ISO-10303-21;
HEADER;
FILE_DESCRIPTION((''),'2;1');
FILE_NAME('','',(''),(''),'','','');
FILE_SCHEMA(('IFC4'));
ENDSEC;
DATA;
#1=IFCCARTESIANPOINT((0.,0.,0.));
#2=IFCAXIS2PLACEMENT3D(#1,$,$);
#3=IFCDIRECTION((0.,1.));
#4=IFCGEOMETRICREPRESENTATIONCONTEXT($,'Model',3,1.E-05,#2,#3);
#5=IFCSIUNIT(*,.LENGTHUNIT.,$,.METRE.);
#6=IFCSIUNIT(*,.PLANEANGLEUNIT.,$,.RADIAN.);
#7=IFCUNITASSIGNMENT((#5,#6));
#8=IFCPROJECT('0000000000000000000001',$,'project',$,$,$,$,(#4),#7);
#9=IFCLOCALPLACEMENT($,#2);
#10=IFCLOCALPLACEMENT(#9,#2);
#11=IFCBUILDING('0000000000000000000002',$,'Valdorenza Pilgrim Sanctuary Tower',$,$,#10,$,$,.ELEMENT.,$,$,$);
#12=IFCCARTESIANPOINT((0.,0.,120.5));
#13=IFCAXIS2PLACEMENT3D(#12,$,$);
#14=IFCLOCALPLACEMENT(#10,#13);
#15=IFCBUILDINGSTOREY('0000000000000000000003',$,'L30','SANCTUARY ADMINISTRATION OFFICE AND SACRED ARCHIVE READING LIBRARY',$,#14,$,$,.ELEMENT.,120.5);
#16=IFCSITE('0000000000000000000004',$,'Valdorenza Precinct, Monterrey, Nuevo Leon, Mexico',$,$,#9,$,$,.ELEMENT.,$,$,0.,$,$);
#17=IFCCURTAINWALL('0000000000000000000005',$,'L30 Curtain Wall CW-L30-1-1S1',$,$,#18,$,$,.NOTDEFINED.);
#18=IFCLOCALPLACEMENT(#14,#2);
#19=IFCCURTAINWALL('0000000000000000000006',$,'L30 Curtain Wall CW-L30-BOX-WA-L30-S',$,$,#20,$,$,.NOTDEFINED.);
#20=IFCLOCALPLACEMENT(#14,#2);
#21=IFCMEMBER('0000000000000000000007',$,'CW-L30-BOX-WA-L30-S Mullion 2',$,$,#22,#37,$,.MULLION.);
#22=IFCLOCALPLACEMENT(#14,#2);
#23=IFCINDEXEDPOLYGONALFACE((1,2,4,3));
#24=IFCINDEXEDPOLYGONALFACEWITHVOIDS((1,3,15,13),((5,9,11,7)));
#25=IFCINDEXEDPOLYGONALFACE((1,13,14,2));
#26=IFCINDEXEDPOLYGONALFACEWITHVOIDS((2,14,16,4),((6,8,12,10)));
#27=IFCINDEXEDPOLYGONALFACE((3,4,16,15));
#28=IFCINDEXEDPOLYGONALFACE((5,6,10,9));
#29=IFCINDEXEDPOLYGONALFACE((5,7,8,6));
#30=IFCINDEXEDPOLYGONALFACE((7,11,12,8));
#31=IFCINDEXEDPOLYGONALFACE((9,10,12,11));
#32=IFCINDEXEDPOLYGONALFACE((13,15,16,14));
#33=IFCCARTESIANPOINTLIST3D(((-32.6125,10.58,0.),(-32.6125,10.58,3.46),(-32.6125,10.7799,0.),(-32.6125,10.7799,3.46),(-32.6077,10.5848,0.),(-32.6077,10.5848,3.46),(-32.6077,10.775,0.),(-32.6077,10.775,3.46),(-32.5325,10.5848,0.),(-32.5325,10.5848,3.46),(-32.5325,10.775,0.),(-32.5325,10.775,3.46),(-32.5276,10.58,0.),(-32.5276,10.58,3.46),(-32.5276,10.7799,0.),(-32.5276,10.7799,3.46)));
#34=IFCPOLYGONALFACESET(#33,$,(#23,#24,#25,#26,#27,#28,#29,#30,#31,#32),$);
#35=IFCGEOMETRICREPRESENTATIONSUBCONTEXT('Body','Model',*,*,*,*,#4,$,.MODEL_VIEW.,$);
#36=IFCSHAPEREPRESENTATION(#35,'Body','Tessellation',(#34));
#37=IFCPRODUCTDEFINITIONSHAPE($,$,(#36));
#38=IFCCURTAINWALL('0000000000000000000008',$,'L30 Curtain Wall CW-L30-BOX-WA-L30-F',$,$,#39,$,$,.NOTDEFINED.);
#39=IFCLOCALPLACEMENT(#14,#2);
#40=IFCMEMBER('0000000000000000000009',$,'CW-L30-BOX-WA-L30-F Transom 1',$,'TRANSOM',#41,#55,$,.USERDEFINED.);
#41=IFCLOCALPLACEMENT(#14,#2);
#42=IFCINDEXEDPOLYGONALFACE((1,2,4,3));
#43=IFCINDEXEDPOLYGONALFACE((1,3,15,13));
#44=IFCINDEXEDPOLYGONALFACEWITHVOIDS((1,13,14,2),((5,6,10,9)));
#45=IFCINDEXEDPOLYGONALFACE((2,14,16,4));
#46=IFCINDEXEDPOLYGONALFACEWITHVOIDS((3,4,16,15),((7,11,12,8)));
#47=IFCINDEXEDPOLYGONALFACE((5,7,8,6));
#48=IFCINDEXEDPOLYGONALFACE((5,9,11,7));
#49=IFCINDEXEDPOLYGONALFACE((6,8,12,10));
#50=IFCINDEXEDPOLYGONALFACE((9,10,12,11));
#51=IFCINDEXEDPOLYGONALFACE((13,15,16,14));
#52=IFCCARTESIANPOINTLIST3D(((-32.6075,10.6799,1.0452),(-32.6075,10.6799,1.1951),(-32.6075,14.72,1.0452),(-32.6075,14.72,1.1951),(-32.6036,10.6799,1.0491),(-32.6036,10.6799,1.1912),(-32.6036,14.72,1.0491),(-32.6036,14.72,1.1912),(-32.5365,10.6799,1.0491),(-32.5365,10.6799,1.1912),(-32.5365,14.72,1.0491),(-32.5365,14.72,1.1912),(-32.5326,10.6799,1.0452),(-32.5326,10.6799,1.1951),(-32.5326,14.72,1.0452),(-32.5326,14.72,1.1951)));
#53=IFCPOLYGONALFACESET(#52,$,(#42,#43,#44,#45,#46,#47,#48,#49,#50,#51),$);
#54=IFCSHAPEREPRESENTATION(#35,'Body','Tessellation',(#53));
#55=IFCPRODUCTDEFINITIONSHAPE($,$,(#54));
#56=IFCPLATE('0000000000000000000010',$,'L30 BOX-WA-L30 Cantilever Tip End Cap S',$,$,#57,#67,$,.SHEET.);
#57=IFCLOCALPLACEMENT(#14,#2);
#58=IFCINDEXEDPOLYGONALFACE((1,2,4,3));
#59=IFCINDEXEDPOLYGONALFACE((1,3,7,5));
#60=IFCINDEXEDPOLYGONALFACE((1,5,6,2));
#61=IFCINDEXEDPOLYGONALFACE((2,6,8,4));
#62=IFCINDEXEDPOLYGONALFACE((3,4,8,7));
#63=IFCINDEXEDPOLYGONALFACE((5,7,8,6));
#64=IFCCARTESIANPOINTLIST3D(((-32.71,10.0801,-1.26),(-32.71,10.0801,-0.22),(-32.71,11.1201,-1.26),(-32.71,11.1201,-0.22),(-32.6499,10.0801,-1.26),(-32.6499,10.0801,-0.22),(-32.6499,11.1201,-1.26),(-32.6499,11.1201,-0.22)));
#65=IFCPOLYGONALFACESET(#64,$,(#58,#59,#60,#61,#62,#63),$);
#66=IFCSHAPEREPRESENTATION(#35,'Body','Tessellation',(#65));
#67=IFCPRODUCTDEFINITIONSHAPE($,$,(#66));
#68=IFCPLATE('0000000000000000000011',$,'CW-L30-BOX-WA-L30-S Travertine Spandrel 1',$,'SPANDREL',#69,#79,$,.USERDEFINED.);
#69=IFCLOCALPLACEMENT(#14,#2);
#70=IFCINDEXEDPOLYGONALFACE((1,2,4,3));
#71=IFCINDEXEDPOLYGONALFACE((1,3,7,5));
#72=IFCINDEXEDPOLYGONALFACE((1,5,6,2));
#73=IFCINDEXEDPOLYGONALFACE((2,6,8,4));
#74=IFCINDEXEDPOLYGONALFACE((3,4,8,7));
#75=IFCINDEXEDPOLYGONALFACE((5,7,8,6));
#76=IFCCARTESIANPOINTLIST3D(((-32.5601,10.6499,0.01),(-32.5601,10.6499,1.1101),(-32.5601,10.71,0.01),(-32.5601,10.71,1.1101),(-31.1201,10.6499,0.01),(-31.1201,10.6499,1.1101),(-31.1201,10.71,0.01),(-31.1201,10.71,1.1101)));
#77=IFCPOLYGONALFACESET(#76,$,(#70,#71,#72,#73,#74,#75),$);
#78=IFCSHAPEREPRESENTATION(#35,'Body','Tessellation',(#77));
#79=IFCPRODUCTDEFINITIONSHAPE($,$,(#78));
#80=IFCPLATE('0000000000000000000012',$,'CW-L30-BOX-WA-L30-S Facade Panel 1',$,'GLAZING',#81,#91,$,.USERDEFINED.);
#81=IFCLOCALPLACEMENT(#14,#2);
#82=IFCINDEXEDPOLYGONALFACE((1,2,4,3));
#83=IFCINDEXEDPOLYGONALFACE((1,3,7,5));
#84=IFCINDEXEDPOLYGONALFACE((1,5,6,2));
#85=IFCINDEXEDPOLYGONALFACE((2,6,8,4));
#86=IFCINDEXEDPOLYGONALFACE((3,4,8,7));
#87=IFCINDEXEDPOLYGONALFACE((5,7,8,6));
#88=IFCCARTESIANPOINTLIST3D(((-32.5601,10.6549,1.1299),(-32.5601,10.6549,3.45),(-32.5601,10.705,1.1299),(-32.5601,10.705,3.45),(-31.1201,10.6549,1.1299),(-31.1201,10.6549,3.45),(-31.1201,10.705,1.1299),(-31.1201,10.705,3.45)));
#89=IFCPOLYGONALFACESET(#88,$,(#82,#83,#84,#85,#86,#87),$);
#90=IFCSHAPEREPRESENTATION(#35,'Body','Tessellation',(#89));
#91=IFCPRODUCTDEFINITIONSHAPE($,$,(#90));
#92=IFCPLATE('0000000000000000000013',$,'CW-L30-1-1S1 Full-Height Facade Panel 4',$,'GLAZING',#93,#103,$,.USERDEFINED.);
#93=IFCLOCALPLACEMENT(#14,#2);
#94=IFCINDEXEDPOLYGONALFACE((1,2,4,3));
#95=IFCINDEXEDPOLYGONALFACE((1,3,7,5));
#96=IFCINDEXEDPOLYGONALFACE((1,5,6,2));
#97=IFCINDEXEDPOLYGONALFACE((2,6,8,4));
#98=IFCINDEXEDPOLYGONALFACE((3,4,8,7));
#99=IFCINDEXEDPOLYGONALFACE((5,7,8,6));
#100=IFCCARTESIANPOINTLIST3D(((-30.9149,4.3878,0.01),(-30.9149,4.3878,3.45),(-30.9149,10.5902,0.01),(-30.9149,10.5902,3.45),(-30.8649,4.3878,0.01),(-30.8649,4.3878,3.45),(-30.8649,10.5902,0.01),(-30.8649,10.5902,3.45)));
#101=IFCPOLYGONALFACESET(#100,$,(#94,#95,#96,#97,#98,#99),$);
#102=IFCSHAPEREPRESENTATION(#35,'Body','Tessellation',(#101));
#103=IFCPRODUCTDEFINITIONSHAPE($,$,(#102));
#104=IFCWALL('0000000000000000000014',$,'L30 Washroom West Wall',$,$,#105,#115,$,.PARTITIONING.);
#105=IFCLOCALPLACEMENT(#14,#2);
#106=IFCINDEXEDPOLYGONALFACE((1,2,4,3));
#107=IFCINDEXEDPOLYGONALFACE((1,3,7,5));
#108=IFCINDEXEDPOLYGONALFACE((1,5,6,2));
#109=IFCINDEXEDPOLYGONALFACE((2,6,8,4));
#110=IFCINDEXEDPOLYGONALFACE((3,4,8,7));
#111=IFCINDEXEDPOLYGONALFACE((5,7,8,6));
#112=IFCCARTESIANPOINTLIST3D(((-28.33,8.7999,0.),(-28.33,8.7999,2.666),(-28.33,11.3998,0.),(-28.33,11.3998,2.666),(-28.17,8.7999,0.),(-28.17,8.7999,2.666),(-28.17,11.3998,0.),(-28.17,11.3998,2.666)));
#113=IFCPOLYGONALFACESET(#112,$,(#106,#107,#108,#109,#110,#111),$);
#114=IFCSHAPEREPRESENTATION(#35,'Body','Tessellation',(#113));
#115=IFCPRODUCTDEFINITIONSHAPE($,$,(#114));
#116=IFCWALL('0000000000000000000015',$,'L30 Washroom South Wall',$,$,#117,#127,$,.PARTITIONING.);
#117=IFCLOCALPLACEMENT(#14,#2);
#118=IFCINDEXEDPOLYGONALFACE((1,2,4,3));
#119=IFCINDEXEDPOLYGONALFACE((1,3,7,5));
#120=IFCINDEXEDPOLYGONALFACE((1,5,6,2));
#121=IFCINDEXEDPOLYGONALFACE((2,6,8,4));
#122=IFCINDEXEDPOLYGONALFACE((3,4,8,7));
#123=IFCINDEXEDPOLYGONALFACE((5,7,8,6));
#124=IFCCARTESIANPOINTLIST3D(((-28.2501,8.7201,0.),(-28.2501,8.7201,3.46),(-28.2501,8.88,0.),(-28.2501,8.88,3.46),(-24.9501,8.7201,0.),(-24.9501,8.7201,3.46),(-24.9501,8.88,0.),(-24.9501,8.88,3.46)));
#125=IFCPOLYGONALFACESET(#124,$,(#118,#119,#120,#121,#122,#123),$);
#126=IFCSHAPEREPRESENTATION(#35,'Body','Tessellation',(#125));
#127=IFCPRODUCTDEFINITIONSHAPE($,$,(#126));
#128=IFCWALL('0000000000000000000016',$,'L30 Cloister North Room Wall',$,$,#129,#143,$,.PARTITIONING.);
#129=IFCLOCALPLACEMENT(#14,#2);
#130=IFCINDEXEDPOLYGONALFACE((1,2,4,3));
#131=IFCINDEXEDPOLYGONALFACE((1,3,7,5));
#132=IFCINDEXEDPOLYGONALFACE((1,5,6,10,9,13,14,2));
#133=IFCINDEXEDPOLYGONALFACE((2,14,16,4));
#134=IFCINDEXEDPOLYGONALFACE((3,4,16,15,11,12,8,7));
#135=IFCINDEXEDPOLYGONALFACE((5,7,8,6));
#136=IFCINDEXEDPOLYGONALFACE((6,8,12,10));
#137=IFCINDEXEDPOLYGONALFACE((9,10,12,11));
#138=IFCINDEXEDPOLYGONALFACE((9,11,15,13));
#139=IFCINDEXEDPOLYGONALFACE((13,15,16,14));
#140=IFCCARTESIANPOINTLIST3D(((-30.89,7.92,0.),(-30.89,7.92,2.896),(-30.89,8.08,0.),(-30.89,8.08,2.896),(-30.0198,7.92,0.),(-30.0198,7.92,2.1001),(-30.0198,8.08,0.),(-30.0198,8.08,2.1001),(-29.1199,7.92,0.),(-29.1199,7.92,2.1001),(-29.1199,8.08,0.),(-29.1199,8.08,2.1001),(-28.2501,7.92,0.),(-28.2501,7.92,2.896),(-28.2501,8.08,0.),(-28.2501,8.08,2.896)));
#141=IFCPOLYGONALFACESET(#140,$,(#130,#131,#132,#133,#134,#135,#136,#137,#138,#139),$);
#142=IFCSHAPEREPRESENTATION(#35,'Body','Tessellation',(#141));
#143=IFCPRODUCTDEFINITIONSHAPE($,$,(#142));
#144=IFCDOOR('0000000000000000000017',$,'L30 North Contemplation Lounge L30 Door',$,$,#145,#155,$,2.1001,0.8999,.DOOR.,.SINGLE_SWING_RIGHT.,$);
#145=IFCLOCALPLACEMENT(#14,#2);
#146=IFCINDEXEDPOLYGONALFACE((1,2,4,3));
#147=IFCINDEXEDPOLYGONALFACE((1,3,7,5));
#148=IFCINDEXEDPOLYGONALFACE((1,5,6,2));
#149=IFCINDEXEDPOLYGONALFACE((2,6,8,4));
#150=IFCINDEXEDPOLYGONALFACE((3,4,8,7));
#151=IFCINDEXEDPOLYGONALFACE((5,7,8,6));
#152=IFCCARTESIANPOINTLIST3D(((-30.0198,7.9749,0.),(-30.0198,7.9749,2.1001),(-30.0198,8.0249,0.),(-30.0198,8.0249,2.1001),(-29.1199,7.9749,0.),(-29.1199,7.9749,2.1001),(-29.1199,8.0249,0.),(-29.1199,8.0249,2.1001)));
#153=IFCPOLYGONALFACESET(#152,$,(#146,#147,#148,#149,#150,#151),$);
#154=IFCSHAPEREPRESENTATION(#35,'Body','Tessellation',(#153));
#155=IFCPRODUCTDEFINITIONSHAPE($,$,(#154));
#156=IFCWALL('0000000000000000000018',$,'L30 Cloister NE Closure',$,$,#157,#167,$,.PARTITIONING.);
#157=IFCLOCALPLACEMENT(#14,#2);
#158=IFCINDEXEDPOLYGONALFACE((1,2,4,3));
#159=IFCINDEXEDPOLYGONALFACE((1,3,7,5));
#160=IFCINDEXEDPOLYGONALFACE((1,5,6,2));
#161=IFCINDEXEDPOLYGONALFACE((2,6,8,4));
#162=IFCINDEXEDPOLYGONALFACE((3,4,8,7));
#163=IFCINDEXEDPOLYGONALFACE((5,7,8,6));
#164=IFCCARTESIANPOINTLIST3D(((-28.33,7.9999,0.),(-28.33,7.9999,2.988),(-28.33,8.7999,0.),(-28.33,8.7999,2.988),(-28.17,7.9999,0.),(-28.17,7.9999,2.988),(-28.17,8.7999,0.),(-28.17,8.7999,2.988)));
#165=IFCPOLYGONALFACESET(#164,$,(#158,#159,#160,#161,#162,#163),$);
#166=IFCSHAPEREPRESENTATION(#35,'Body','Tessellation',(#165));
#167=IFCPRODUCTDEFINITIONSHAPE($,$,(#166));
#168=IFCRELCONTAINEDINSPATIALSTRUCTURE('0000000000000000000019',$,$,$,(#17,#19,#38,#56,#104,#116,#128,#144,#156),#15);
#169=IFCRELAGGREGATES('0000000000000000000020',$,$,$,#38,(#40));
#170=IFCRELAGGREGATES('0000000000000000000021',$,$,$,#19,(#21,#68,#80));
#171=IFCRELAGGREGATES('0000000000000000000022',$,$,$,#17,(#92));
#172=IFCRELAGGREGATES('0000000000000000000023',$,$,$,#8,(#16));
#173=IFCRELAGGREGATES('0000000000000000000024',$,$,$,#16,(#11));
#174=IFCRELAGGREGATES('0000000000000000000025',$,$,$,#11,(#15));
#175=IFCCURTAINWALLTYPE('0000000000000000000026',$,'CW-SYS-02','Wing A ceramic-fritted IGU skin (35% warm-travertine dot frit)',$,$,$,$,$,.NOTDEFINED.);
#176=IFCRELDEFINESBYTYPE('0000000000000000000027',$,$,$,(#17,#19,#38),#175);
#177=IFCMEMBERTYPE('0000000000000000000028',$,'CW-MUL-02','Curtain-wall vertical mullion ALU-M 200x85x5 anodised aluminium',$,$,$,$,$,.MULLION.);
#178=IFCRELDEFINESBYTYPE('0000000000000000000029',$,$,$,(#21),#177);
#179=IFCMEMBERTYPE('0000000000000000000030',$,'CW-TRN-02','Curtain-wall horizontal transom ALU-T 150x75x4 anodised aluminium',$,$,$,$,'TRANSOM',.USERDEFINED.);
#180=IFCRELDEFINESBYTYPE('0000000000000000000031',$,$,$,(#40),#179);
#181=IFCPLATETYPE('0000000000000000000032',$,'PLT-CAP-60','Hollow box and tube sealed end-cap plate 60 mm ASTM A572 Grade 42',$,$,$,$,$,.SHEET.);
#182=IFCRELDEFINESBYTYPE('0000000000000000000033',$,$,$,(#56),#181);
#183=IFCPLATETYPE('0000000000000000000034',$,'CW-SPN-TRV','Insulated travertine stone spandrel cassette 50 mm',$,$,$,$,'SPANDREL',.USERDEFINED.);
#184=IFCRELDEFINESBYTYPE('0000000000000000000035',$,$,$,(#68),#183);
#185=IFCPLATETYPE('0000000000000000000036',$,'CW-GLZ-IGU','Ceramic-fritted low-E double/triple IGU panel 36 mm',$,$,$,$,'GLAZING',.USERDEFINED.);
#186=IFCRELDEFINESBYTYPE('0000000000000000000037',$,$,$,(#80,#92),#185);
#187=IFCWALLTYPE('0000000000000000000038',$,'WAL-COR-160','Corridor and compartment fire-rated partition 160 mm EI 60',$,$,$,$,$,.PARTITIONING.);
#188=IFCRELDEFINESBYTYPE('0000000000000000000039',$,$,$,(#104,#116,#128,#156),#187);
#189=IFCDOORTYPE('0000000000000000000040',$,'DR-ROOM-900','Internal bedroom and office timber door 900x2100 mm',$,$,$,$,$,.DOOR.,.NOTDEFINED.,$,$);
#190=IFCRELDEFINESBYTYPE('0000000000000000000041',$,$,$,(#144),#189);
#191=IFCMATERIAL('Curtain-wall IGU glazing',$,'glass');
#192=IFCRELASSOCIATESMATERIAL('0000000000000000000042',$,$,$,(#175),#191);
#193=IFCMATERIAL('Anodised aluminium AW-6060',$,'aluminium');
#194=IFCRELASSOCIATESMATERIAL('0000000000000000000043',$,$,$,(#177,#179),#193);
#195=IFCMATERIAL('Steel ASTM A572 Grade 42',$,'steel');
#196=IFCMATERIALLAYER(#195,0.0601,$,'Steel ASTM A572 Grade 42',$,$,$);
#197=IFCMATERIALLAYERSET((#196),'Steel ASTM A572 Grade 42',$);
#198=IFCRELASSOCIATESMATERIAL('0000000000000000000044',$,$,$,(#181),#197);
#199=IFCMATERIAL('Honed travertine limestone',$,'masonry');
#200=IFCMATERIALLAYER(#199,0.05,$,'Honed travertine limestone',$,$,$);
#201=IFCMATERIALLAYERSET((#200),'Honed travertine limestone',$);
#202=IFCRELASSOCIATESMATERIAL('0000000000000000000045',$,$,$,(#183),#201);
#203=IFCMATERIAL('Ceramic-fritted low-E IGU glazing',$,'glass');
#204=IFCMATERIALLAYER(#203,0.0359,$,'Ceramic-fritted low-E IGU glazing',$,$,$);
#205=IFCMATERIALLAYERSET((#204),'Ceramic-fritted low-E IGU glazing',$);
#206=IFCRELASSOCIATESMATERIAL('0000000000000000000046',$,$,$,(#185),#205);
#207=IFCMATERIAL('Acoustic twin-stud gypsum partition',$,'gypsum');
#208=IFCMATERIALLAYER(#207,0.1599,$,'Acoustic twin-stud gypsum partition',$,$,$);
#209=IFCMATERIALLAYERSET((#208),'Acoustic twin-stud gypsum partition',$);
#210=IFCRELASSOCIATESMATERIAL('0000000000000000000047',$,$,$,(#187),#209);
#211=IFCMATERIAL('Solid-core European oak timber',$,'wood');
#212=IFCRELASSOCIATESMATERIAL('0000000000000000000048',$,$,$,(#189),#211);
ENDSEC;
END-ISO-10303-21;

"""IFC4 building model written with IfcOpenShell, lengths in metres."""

from ifc_helpers import new_model, si_unit, direction, frame, frame_2d, origin, origin_2d, place, context, subcontext, project, spatial, rectangle, hollow_rectangle, extrude, source, transform, mapped, material, layer, layer_set, material_profile, profile_set, type_object, element, fill, aggregate, save


model = new_model("IFC4")

# Units and contexts
model_context = context("Model", 3, precision=1e-05, world=origin(), true_north=direction((0.0, 1.0)))
body_context = subcontext(model_context, "Body", "Model", "MODEL_VIEW")
ifc_project = project(units=[si_unit("LENGTHUNIT", "METRE"), si_unit("PLANEANGLEUNIT", "RADIAN")], contexts=[model_context])

# Site, building, storey
site_placement = place(None, origin())
site = spatial("IfcSite", under=ifc_project, at=site_placement, Name="Valdorenza Precinct, Monterrey, Nuevo Leon, Mexico", CompositionType="ELEMENT", RefElevation=0.0)
building_placement = place(site_placement, origin())
building = spatial("IfcBuilding", under=site, at=building_placement, Name="Valdorenza Pilgrim Sanctuary Tower", CompositionType="ELEMENT")
storey_placement = place(building_placement, frame((0.0, 0.0, 120.5)))
storey = spatial("IfcBuildingStorey", under=building, at=storey_placement, Name="L30", Description="SANCTUARY ADMINISTRATION OFFICE AND SACRED ARCHIVE READING LIBRARY", CompositionType="ELEMENT", Elevation=120.5)

# Shared definitions
ifc_material_1 = material(Name="Steel ASTM A572 Grade 42", Category="steel")

# Curtain walls, member
ifc_material_2 = material(Name="Curtain-wall IGU glazing", Category="glass")
curtain_wall_type = type_object("IfcCurtainWallType", Name="CW-SYS-02", Description="Wing A ceramic-fritted IGU skin (35% warm-travertine dot frit)", PredefinedType="NOTDEFINED", material=ifc_material_2)
curtain_wall_1_placement = place(storey_placement, origin())
curtain_wall_1 = element("IfcCurtainWall", 1, at=curtain_wall_1_placement, inside=storey, type_object=curtain_wall_type, Name="L30 Curtain Wall CW-L30-1-1S1", PredefinedType="NOTDEFINED")
ifc_material_3 = material(Name="Anodised aluminium AW-6060", Category="aluminium")
ifc_material_profile_1 = material_profile(ifc_material_3, hollow_rectangle(XDim=0.085, YDim=0.2, WallThickness=0.0049, at=origin_2d()), Name="ALU-M 200x85x5")
ifc_profile_set_1 = profile_set([ifc_material_profile_1], Name="Anodised aluminium AW-6060")
member_type_1 = type_object("IfcMemberType", Name="CW-MUL-02", Description="Curtain-wall vertical mullion ALU-M 200x85x5 anodised aluminium", PredefinedType="MULLION", material=ifc_profile_set_1)
shared_shape_1 = source(origin(), body_context, "Body", "SweptSolid", [
    extrude(hollow_rectangle(XDim=0.085, YDim=0.2, WallThickness=0.0049, at=origin_2d()), origin(), (0.0, 0.0, 1.0), 3.46),
])
curtain_wall_2_placement = place(storey_placement, origin())
curtain_wall_2 = element("IfcCurtainWall", 2, at=curtain_wall_2_placement, inside=storey, type_object=curtain_wall_type, Name="L30 Curtain Wall CW-L30-BOX-WA-L30-S", PredefinedType="NOTDEFINED")
member_1_placement = place(storey_placement, frame((-32.5701, 10.6799, 0.0), z_axis=(0.0, 0.0, 1.0), x_axis=(-1.0, 0.0, 0.0)))
member_1 = element("IfcMember", 3, at=member_1_placement, type_object=member_type_1, Name="CW-L30-BOX-WA-L30-S Mullion 2", PredefinedType="MULLION", context=body_context, shape_type="MappedRepresentation", body=[
    mapped(shared_shape_1, transform((0.0, 0.0, 0.0), x_axis=(1.0, 0.0, 0.0), y_axis=(0.0, 1.0, 0.0), z_axis=(0.0, 0.0, 1.0), scale=1.0)),
])

# Curtain wall, member
curtain_wall_3_placement = place(storey_placement, origin())
curtain_wall_3 = element("IfcCurtainWall", 4, at=curtain_wall_3_placement, inside=storey, type_object=curtain_wall_type, Name="L30 Curtain Wall CW-L30-BOX-WA-L30-F", PredefinedType="NOTDEFINED")
ifc_material_profile_2 = material_profile(ifc_material_3, hollow_rectangle(XDim=0.075, YDim=0.1499, WallThickness=0.0039, at=origin_2d()), Name="ALU-T 150x75x4")
ifc_profile_set_2 = profile_set([ifc_material_profile_2], Name="Anodised aluminium AW-6060")
member_type_2 = type_object("IfcMemberType", Name="CW-TRN-02", Description="Curtain-wall horizontal transom ALU-T 150x75x4 anodised aluminium", ElementType="TRANSOM", PredefinedType="USERDEFINED", material=ifc_profile_set_2)
shared_shape_2 = source(origin(), body_context, "Body", "SweptSolid", [
    extrude(hollow_rectangle(XDim=0.075, YDim=0.1499, WallThickness=0.0039, at=origin_2d()), origin(), (0.0, 0.0, 1.0), 4.04),
])
member_2_placement = place(storey_placement, frame((-32.5701, 10.6799, 1.1201), z_axis=(0.0, 1.0, 0.0), x_axis=(-1.0, 0.0, 0.0)))
member_2 = element("IfcMember", 5, at=member_2_placement, type_object=member_type_2, Name="CW-L30-BOX-WA-L30-F Transom 1", ObjectType="TRANSOM", PredefinedType="USERDEFINED", context=body_context, shape_type="MappedRepresentation", body=[
    mapped(shared_shape_2, transform((0.0, 0.0, 0.0), x_axis=(1.0, 0.0, 0.0), y_axis=(0.0, 1.0, 0.0), z_axis=(0.0, 0.0, 1.0), scale=1.0)),
])
aggregate(curtain_wall_3, [member_2])

# Plates
ifc_layer_1 = layer(ifc_material_1, 0.0601, Name="Steel ASTM A572 Grade 42")
ifc_layer_set_1 = layer_set([ifc_layer_1], Name="Steel ASTM A572 Grade 42")
plate_type_1 = type_object("IfcPlateType", Name="PLT-CAP-60", Description="Hollow box and tube sealed end-cap plate 60 mm ASTM A572 Grade 42", PredefinedType="SHEET", material=ifc_layer_set_1)
shared_shape_3 = source(origin(), body_context, "Body", "SweptSolid", [
    extrude(rectangle(XDim=0.0601, YDim=1.04, at=origin_2d()), origin(), (0.0, 0.0, 1.0), 1.04),
])
plate_1_placement = place(storey_placement, frame((-32.6799, 10.6001, -1.26), z_axis=(0.0, 0.0, 1.0), x_axis=(1.0, 0.0, 0.0)))
element("IfcPlate", 6, at=plate_1_placement, inside=storey, type_object=plate_type_1, Name="L30 BOX-WA-L30 Cantilever Tip End Cap S", PredefinedType="SHEET", context=body_context, shape_type="MappedRepresentation", body=[
    mapped(shared_shape_3, transform((0.0, 0.0, 0.0), x_axis=(1.0, 0.0, 0.0), y_axis=(0.0, 1.0, 0.0), z_axis=(0.0, 0.0, 1.0), scale=1.0)),
])
ifc_material_4 = material(Name="Honed travertine limestone", Category="masonry")
ifc_layer_2 = layer(ifc_material_4, 0.05, Name="Honed travertine limestone")
ifc_layer_set_2 = layer_set([ifc_layer_2], Name="Honed travertine limestone")
plate_type_2 = type_object("IfcPlateType", Name="CW-SPN-TRV", Description="Insulated travertine stone spandrel cassette 50 mm", ElementType="SPANDREL", PredefinedType="USERDEFINED", material=ifc_layer_set_2)
shared_shape_4 = source(origin(), body_context, "Body", "SweptSolid", [
    extrude(rectangle(XDim=1.4399, YDim=0.0601, at=origin_2d()), origin(), (0.0, 0.0, 1.0), 1.1001),
])
plate_2_placement = place(storey_placement, frame((-31.8401, 10.6799, 0.01), z_axis=(0.0, 0.0, 1.0), x_axis=(-1.0, 0.0, 0.0)))
plate_2 = element("IfcPlate", 7, at=plate_2_placement, type_object=plate_type_2, Name="CW-L30-BOX-WA-L30-S Travertine Spandrel 1", ObjectType="SPANDREL", PredefinedType="USERDEFINED", context=body_context, shape_type="MappedRepresentation", body=[
    mapped(shared_shape_4, transform((0.0, 0.0, 0.0), x_axis=(1.0, 0.0, 0.0), y_axis=(0.0, 1.0, 0.0), z_axis=(0.0, 0.0, 1.0), scale=1.0)),
])
ifc_material_5 = material(Name="Ceramic-fritted low-E IGU glazing", Category="glass")
ifc_layer_3 = layer(ifc_material_5, 0.0359, Name="Ceramic-fritted low-E IGU glazing")
ifc_layer_set_3 = layer_set([ifc_layer_3], Name="Ceramic-fritted low-E IGU glazing")
plate_type_3 = type_object("IfcPlateType", Name="CW-GLZ-IGU", Description="Ceramic-fritted low-E double/triple IGU panel 36 mm", ElementType="GLAZING", PredefinedType="USERDEFINED", material=ifc_layer_set_3)
shared_shape_5 = source(origin(), body_context, "Body", "SweptSolid", [
    extrude(rectangle(XDim=1.4399, YDim=0.05, at=origin_2d()), origin(), (0.0, 0.0, 1.0), 2.3201),
])
plate_3_placement = place(storey_placement, frame((-31.8401, 10.6799, 1.1299), z_axis=(0.0, 0.0, 1.0), x_axis=(-1.0, 0.0, 0.0)))
plate_3 = element("IfcPlate", 8, at=plate_3_placement, type_object=plate_type_3, Name="CW-L30-BOX-WA-L30-S Facade Panel 1", ObjectType="GLAZING", PredefinedType="USERDEFINED", context=body_context, shape_type="MappedRepresentation", body=[
    mapped(shared_shape_5, transform((0.0, 0.0, 0.0), x_axis=(1.0, 0.0, 0.0), y_axis=(0.0, 1.0, 0.0), z_axis=(0.0, 0.0, 1.0), scale=1.0)),
])
aggregate(curtain_wall_2, [member_1, plate_2, plate_3])
shared_shape_6 = source(origin(), body_context, "Body", "SweptSolid", [
    extrude(rectangle(XDim=6.2024, YDim=0.05, at=origin_2d()), origin(), (0.0, 0.0, 1.0), 3.4399),
])
plate_4_placement = place(storey_placement, frame((-30.8899, 7.489, 0.01), z_axis=(0.0, 0.0, 1.0), x_axis=(0.0, 1.0, 0.0)))
plate_4 = element("IfcPlate", 9, at=plate_4_placement, type_object=plate_type_3, Name="CW-L30-1-1S1 Full-Height Facade Panel 4", ObjectType="GLAZING", PredefinedType="USERDEFINED", context=body_context, shape_type="MappedRepresentation", body=[
    mapped(shared_shape_6, transform((0.0, 0.0, 0.0), x_axis=(1.0, 0.0, 0.0), y_axis=(0.0, 1.0, 0.0), z_axis=(0.0, 0.0, 1.0), scale=1.0)),
])
aggregate(curtain_wall_1, [plate_4])

# Walls
ifc_material_6 = material(Name="Acoustic twin-stud gypsum partition", Category="gypsum")
ifc_layer_4 = layer(ifc_material_6, 0.1599, Name="Acoustic twin-stud gypsum partition")
ifc_layer_set_4 = layer_set([ifc_layer_4], Name="Acoustic twin-stud gypsum partition")
wall_type_1 = type_object("IfcWallType", Name="WAL-COR-160", Description="Corridor and compartment fire-rated partition 160 mm EI 60", PredefinedType="PARTITIONING", material=ifc_layer_set_4)
wall_1_placement = place(storey_placement, frame((-28.25, 8.8, 0.0), z_axis=(0.0, 0.0, 1.0), x_axis=(0.0, 1.0, 0.0)))
element("IfcWall", 10, at=wall_1_placement, inside=storey, type_object=wall_type_1, Name="L30 Washroom West Wall", PredefinedType="PARTITIONING", context=body_context, shape_type="SweptSolid", body=[
    extrude(rectangle(XDim=2.5999, YDim=0.1599, at=frame_2d((1.2998, 0.0))), origin(), (0.0, 0.0, 1.0), 2.666),
])
wall_2_placement = place(storey_placement, frame((-28.25, 8.8, 0.0), z_axis=(0.0, 0.0, 1.0), x_axis=(1.0, 0.0, 0.0)))
element("IfcWall", 11, at=wall_2_placement, inside=storey, type_object=wall_type_1, Name="L30 Washroom South Wall", PredefinedType="PARTITIONING", context=body_context, shape_type="SweptSolid", body=[
    extrude(rectangle(XDim=3.3, YDim=0.1599, at=frame_2d((1.6499, 0.0))), origin(), (0.0, 0.0, 1.0), 3.46),
])

# Wall, opening, door
wall_3_placement = place(storey_placement, frame((-30.8899, 8.0, 0.0), z_axis=(0.0, 0.0, 1.0), x_axis=(1.0, 0.0, 0.0)))
wall_3 = element("IfcWall", 12, at=wall_3_placement, inside=storey, type_object=wall_type_1, Name="L30 Cloister North Room Wall", PredefinedType="PARTITIONING", context=body_context, shape_type="SweptSolid", body=[
    extrude(rectangle(XDim=2.6399, YDim=0.1599, at=frame_2d((1.3198, 0.0))), origin(), (0.0, 0.0, 1.0), 2.896),
])
opening_1_placement = place(wall_3_placement, frame((0.8701, 0.0, 0.0)))
opening_1 = element("IfcOpeningElement", 13, at=opening_1_placement, cuts=wall_3, PredefinedType="OPENING", context=body_context, shape_type="SweptSolid", body=[
    extrude(rectangle(XDim=0.8999, YDim=2.1001, at=frame_2d((0.45, 1.05))), frame((0.0, 0.0947, 0.0), z_axis=(0.0, -1.0, 0.0), x_axis=(1.0, 0.0, 0.0)), (0.0, 0.0, 1.0), 0.1897),
])
ifc_material_7 = material(Name="Solid-core European oak timber", Category="wood")
door_type_1 = type_object("IfcDoorType", Name="DR-ROOM-900", Description="Internal bedroom and office timber door 900x2100 mm", OperationType="NOTDEFINED", PredefinedType="DOOR", material=ifc_material_7)
door_1_placement = place(opening_1_placement, origin())
door_1 = element("IfcDoor", 14, at=door_1_placement, inside=storey, type_object=door_type_1, Name="L30 North Contemplation Lounge L30 Door", OperationType="SINGLE_SWING_RIGHT", OverallHeight=2.1001, OverallWidth=0.8999, PredefinedType="DOOR", context=body_context, shape_type="SweptSolid", body=[
    extrude(rectangle(XDim=0.8999, YDim=2.1001, at=frame_2d((0.45, 1.05))), frame((0.0, 0.0249, 0.0), z_axis=(0.0, -1.0, 0.0), x_axis=(1.0, 0.0, 0.0)), (0.0, 0.0, 1.0), 0.05),
])
fill(opening_1, door_1)

# Wall
wall_4_placement = place(storey_placement, frame((-28.25, 8.0, 0.0), z_axis=(0.0, 0.0, 1.0), x_axis=(0.0, 1.0, 0.0)))
element("IfcWall", 15, at=wall_4_placement, inside=storey, type_object=wall_type_1, Name="L30 Cloister NE Closure", PredefinedType="PARTITIONING", context=body_context, shape_type="SweptSolid", body=[
    extrude(rectangle(XDim=0.8, YDim=0.1599, at=frame_2d((0.3999, 0.0))), origin(), (0.0, 0.0, 1.0), 2.988),
])

save(model, "model.ifc")
